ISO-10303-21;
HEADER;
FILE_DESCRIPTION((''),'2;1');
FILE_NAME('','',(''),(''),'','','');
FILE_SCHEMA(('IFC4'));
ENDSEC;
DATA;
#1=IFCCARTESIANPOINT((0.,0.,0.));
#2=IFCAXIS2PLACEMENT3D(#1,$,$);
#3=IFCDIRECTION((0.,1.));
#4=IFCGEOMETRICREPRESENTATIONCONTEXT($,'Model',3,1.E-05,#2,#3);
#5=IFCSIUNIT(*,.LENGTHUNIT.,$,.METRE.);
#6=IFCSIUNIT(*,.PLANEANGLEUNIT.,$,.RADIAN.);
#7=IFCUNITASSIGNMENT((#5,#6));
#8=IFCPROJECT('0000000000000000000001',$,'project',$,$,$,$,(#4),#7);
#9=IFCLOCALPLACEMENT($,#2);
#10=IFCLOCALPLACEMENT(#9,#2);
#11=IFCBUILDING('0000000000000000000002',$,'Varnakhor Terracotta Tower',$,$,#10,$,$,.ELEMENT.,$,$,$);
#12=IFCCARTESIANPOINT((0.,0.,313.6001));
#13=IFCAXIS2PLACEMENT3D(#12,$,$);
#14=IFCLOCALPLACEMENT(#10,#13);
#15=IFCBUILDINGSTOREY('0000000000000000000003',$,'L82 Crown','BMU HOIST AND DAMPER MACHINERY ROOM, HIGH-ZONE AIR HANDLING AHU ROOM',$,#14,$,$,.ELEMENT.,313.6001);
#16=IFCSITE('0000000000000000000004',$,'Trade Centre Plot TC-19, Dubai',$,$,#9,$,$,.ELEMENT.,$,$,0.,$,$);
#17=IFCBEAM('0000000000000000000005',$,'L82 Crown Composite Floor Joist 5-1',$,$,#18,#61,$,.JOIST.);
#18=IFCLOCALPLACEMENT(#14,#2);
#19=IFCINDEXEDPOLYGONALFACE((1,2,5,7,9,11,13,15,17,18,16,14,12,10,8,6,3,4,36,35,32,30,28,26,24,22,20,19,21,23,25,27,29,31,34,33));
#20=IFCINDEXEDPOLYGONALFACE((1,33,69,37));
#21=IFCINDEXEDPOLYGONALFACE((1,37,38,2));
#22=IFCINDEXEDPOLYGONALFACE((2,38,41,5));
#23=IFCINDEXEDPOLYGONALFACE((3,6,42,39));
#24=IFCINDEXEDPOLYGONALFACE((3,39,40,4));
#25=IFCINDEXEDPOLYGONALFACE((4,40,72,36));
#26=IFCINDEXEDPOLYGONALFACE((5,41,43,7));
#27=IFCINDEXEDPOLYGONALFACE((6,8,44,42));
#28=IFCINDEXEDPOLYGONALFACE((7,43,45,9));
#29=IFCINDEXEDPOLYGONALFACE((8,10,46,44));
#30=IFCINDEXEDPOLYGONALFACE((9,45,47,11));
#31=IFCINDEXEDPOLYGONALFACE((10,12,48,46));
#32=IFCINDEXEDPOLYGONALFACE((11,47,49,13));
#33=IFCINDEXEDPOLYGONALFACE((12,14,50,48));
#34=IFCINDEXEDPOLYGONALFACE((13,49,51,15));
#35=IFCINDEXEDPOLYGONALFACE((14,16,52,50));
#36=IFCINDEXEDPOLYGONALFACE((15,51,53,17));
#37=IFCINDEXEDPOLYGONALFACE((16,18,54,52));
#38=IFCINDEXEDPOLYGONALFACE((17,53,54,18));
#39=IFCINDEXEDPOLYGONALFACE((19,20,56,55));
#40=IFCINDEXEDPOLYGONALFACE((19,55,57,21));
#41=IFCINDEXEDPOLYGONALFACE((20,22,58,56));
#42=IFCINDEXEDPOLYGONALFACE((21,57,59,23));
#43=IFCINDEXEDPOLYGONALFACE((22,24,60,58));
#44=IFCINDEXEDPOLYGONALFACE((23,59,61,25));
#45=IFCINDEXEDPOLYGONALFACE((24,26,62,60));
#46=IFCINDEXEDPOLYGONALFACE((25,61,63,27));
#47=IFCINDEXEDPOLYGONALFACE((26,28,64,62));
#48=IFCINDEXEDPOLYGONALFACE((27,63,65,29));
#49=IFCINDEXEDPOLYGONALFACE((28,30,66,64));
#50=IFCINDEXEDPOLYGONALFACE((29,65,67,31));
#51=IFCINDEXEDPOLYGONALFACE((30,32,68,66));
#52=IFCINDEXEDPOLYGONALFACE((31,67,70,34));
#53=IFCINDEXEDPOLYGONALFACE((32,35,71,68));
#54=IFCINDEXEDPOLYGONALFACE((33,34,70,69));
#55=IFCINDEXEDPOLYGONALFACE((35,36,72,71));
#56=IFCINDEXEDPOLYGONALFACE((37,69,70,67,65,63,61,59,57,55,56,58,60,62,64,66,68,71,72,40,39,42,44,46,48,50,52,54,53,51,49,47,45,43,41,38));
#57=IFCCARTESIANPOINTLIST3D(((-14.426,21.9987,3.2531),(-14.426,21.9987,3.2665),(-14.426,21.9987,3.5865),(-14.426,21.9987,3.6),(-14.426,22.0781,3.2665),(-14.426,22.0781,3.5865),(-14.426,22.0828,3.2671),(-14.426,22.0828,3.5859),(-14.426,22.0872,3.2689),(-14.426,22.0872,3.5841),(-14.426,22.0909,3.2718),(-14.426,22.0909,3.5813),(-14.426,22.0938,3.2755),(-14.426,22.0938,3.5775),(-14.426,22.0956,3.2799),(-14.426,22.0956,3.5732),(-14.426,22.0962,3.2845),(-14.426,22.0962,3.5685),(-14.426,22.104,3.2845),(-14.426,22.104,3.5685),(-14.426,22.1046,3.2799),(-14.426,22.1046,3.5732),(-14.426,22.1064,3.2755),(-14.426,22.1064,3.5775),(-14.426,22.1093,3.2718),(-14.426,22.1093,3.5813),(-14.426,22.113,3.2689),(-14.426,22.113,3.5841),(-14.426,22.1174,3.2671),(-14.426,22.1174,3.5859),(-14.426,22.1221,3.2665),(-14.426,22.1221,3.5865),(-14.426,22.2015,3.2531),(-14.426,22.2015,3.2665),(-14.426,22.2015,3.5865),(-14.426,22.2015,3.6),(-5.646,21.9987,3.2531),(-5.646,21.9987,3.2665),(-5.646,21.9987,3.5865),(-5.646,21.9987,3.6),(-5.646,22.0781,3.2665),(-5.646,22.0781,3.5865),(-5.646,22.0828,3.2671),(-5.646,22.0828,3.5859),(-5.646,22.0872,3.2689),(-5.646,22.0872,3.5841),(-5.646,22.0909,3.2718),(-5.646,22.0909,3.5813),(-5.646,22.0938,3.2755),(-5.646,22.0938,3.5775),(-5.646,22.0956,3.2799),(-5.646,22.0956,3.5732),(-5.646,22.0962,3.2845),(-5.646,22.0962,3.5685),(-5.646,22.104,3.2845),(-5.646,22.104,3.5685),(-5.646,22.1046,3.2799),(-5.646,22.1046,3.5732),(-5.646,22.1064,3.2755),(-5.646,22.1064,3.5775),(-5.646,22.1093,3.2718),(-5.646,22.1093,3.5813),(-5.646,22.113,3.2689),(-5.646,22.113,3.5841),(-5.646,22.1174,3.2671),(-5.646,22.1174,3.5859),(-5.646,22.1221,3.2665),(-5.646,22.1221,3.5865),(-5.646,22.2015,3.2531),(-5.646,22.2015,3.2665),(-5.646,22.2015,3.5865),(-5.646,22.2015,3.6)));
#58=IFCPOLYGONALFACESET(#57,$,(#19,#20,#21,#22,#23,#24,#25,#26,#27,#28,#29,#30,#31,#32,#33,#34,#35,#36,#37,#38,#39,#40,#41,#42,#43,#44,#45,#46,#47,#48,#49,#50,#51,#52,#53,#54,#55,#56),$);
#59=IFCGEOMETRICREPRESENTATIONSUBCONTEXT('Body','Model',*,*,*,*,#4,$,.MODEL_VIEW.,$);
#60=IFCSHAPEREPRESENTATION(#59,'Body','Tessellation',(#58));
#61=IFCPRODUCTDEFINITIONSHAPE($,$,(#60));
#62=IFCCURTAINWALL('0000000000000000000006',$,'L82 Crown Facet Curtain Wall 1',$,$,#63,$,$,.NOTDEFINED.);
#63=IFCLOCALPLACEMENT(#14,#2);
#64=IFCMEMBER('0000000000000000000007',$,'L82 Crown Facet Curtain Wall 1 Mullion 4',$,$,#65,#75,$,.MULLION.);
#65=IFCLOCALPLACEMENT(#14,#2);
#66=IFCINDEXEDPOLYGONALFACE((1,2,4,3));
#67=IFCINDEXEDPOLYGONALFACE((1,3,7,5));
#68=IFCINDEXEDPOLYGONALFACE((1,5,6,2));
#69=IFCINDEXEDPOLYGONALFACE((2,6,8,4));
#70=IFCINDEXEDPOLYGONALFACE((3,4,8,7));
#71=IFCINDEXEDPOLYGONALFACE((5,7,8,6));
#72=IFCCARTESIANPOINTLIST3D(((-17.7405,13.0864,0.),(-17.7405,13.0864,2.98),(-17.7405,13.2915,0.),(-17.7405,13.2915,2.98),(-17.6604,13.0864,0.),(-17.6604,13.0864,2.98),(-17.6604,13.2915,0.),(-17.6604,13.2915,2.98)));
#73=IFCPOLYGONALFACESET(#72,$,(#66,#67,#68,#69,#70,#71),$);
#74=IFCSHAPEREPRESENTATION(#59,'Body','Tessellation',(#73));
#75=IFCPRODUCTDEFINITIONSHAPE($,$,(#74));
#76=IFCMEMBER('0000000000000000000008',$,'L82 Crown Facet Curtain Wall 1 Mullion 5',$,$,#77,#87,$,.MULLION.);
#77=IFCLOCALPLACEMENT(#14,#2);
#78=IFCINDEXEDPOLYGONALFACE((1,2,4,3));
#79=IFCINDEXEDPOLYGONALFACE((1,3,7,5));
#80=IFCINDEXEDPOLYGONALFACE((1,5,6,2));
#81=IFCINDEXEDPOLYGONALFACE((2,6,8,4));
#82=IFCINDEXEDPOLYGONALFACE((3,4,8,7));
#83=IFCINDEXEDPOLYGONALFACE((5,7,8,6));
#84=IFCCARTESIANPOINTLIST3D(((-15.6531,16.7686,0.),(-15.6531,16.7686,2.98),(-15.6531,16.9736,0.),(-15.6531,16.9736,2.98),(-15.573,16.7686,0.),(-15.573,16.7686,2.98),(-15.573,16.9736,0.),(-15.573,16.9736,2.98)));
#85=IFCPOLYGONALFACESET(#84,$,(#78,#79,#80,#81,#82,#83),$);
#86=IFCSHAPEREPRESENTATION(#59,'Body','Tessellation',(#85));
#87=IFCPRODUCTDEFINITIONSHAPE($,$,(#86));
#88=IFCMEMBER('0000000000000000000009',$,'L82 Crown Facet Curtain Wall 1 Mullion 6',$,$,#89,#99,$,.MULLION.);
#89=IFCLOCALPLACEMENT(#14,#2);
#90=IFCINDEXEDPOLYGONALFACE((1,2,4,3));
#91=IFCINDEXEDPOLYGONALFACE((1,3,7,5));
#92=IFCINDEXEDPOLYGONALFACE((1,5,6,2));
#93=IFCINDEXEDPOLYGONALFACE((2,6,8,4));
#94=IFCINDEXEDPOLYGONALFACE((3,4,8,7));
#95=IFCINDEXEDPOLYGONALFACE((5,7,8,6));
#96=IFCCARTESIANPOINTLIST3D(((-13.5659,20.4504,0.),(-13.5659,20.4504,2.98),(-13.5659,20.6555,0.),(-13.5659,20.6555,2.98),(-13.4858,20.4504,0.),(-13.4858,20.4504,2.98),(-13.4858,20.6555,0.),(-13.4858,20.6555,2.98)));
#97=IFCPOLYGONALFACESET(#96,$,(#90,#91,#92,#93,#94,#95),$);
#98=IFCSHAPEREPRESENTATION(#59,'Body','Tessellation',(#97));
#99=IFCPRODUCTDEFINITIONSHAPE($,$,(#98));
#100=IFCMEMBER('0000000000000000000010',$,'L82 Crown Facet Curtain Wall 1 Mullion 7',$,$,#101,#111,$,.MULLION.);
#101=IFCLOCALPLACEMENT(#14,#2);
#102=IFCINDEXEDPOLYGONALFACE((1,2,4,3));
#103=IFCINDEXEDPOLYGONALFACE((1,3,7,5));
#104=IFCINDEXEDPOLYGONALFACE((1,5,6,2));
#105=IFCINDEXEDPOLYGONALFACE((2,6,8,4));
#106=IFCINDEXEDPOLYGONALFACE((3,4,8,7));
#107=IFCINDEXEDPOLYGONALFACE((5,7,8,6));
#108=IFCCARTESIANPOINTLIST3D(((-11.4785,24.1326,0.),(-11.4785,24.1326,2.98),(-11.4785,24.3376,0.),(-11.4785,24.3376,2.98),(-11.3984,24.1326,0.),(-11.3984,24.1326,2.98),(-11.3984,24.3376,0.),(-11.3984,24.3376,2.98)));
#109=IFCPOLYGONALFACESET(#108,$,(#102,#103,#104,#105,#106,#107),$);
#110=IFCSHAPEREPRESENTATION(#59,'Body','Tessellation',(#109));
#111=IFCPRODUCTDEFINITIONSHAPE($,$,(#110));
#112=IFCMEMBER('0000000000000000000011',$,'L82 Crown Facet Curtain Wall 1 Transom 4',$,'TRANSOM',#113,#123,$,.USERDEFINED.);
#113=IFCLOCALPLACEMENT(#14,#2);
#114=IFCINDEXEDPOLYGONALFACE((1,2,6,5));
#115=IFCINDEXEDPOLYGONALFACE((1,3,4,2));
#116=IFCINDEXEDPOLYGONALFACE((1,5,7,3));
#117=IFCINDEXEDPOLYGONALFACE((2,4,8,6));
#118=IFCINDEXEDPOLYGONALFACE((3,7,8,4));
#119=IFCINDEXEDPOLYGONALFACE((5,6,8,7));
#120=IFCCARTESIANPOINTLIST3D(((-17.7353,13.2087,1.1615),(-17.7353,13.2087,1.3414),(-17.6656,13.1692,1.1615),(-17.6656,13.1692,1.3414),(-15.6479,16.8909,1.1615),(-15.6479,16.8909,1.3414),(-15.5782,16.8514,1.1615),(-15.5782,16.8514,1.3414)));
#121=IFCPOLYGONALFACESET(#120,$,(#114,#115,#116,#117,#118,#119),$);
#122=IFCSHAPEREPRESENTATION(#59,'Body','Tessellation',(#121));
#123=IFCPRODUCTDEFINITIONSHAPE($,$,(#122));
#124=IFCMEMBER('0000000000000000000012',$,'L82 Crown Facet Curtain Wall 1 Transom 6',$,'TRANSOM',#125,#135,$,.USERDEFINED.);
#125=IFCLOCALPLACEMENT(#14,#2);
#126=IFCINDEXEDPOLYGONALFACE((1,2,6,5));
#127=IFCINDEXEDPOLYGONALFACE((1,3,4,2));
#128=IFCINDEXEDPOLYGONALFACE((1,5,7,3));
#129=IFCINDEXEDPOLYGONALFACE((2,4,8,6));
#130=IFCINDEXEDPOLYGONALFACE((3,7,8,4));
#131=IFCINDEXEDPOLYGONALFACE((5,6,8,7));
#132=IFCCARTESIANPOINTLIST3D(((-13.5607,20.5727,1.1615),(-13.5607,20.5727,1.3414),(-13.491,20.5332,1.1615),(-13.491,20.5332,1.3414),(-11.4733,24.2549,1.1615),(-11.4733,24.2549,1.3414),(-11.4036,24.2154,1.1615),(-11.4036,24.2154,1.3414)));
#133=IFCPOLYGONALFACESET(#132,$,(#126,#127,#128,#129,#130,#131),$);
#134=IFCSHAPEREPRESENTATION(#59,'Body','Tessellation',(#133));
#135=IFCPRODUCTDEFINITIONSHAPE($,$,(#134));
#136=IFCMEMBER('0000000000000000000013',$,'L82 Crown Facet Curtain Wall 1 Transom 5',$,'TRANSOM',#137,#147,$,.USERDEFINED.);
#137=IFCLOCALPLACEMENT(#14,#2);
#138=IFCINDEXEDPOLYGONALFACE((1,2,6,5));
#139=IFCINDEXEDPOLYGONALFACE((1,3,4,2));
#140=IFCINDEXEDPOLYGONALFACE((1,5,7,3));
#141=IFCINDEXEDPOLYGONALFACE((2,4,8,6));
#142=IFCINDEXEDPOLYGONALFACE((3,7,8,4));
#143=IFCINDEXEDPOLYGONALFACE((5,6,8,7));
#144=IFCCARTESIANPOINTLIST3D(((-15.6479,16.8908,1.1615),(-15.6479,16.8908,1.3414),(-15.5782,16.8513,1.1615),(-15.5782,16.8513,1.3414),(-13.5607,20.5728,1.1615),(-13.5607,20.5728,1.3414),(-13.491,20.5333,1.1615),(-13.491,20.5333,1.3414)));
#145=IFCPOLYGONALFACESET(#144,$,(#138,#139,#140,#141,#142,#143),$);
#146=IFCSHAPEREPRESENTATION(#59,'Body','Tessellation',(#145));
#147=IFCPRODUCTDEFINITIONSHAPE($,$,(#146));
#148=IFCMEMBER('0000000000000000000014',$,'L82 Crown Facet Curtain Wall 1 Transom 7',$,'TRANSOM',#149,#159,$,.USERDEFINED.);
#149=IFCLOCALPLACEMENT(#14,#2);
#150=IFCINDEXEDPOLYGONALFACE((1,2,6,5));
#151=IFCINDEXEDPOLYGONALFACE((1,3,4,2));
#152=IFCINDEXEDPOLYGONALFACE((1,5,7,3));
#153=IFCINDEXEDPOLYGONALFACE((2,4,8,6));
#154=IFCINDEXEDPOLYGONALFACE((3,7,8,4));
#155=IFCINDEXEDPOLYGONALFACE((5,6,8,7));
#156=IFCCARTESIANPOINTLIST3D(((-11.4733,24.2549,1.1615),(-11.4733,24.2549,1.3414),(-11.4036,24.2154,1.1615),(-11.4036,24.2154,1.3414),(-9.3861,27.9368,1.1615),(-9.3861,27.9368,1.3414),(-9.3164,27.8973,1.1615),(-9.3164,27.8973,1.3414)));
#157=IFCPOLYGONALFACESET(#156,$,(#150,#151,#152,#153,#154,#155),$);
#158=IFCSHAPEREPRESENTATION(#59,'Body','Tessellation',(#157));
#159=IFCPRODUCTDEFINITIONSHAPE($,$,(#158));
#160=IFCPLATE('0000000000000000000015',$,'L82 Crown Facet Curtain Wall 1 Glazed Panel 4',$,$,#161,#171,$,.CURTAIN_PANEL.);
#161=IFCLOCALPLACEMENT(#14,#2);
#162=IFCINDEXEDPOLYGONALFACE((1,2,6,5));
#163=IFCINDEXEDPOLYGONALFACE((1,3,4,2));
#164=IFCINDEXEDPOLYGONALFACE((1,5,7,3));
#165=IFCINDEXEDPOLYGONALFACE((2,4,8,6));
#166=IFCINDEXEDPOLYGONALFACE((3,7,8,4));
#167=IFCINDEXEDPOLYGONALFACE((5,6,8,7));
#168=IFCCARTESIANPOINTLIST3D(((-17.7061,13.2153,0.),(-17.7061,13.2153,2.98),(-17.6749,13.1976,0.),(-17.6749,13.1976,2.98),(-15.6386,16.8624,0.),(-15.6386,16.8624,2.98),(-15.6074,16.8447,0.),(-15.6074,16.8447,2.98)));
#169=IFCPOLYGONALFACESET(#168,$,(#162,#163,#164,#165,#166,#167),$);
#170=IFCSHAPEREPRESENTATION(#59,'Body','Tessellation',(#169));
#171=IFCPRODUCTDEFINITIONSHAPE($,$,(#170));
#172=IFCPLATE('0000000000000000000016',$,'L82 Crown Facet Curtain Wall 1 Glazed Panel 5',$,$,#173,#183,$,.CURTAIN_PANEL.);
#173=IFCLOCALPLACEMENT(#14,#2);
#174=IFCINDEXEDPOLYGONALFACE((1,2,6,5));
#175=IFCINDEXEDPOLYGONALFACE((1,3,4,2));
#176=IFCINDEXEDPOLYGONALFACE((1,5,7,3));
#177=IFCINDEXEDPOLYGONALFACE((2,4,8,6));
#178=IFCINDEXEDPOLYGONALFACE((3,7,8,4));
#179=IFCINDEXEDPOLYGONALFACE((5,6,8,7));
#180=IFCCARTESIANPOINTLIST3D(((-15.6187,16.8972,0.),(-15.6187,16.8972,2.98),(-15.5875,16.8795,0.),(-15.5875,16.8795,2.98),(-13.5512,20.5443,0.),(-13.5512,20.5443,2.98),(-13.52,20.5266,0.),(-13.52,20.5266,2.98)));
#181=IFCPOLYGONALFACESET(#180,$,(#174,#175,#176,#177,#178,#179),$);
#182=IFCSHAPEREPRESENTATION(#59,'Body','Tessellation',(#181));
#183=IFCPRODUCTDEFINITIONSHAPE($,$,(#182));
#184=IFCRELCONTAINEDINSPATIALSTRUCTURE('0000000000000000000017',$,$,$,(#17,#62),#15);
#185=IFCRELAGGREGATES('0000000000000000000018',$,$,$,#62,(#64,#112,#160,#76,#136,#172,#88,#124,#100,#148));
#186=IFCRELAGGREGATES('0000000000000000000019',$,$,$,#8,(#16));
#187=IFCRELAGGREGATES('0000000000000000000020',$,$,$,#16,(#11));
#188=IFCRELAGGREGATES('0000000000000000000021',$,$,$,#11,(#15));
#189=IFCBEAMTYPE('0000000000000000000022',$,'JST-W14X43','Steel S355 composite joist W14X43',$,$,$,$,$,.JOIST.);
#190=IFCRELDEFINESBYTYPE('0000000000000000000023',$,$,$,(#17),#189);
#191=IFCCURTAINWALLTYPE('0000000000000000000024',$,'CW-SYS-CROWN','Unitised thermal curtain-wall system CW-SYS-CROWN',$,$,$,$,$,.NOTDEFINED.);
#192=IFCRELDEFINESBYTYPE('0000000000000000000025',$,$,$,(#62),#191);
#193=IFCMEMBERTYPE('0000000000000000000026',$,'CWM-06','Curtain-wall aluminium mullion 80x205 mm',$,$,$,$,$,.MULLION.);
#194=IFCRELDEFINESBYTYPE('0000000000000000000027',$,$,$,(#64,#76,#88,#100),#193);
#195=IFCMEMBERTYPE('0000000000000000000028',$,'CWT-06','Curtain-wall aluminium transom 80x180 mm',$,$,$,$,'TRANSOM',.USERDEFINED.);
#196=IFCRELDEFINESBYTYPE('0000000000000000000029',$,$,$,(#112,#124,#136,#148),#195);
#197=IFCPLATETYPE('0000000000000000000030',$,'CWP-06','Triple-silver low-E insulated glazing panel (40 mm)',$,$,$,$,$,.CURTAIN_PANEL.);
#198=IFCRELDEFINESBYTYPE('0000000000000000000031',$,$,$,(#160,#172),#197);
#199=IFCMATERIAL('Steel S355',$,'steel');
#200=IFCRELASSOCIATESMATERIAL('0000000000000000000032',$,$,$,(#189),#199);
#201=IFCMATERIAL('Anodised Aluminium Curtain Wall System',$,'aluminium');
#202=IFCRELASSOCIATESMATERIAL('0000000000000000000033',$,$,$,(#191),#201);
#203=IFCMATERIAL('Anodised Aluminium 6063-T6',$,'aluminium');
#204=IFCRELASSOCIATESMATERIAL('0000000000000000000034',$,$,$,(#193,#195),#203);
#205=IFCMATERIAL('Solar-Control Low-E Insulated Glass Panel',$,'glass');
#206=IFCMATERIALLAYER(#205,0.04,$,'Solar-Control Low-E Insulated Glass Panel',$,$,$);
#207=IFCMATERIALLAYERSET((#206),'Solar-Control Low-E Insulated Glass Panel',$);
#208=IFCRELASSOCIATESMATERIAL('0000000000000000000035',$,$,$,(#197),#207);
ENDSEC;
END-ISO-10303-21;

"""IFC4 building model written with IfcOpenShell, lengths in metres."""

from ifc_helpers import new_model, si_unit, direction, frame, origin, origin_2d, place, context, subcontext, project, spatial, rectangle, i_section, extrude, source, transform, mapped, material, layer, layer_set, material_profile, profile_set, type_object, type_shapes, element, aggregate, save


model = new_model("IFC4")

# Units and contexts
model_context = context("Model", 3, precision=1e-05, world=origin(), true_north=direction((0.0, 1.0)))
body_context = subcontext(model_context, "Body", "Model", "MODEL_VIEW")
ifc_project = project(units=[si_unit("LENGTHUNIT", "METRE"), si_unit("PLANEANGLEUNIT", "RADIAN")], contexts=[model_context])

# Site, building, storey
site_placement = place(None, origin())
site = spatial("IfcSite", under=ifc_project, at=site_placement, Name="Trade Centre Plot TC-19, Dubai", CompositionType="ELEMENT", RefElevation=0.0)
building_placement = place(site_placement, origin())
building = spatial("IfcBuilding", under=site, at=building_placement, Name="Varnakhor Terracotta Tower", CompositionType="ELEMENT")
storey_placement = place(building_placement, frame((0.0, 0.0, 313.6001)))
storey = spatial("IfcBuildingStorey", under=building, at=storey_placement, Name="L82 Crown", Description="BMU HOIST AND DAMPER MACHINERY ROOM, HIGH-ZONE AIR HANDLING AHU ROOM", CompositionType="ELEMENT", Elevation=313.6001)

# Beam
ifc_material_1 = material(Name="Steel S355", Category="steel")
ifc_material_profile_1 = material_profile(ifc_material_1, i_section(OverallWidth=0.2029, OverallDepth=0.3469, WebThickness=0.0078, FlangeThickness=0.0134, FilletRadius=0.0181, at=origin_2d()), Name="W14X43")
ifc_profile_set_1 = profile_set([ifc_material_profile_1], Name="Steel S355")
beam_type_1 = type_object("IfcBeamType", Name="JST-W14X43", Description="Steel S355 composite joist W14X43", PredefinedType="JOIST", material=ifc_profile_set_1)
shared_shape_1 = source(origin(), body_context, "Body", "SweptSolid", [
    extrude(i_section(OverallWidth=0.2029, OverallDepth=0.3469, WebThickness=0.0078, FlangeThickness=0.0134, FilletRadius=0.0181, at=origin_2d()), origin(), (0.0, 0.0, 1.0), 8.78),
])
beam_1_placement = place(storey_placement, frame((-14.426, 22.1001, 3.4265), z_axis=(1.0, 0.0, 0.0), x_axis=(0.0, 1.0, 0.0)))
element("IfcBeam", 1, at=beam_1_placement, inside=storey, type_object=beam_type_1, Name="L82 Crown Composite Floor Joist 5-1", PredefinedType="JOIST", context=body_context, shape_type="MappedRepresentation", body=[
    mapped(shared_shape_1, transform((0.0, 0.0, 0.0), scale=1.0)),
])

# Curtain wall, members, plates
ifc_material_2 = material(Name="Anodised Aluminium Curtain Wall System", Category="aluminium")
curtain_wall_type = type_object("IfcCurtainWallType", Name="CW-SYS-CROWN", Description="Unitised thermal curtain-wall system CW-SYS-CROWN", PredefinedType="NOTDEFINED", material=ifc_material_2)
curtain_wall_placement = place(storey_placement, origin())
curtain_wall = element("IfcCurtainWall", 2, at=curtain_wall_placement, inside=storey, type_object=curtain_wall_type, Name="L82 Crown Facet Curtain Wall 1", PredefinedType="NOTDEFINED")
ifc_material_3 = material(Name="Anodised Aluminium 6063-T6", Category="aluminium")
ifc_material_profile_2 = material_profile(ifc_material_3, rectangle(XDim=0.0801, YDim=0.2051, at=origin_2d()), Name="ALU MULLION 80x205")
ifc_profile_set_2 = profile_set([ifc_material_profile_2], Name="Anodised Aluminium 6063-T6")
member_type_1 = type_object("IfcMemberType", Name="CWM-06", Description="Curtain-wall aluminium mullion 80x205 mm", PredefinedType="MULLION", material=ifc_profile_set_2)
shared_shape_2 = source(origin(), body_context, "Body", "SweptSolid", [
    extrude(rectangle(XDim=0.0801, YDim=0.2051, at=origin_2d()), origin(), (0.0, 0.0, 1.0), 2.98),
])
type_shapes(member_type_1, [shared_shape_2])
member_1_placement = place(storey_placement, frame((-17.7004, 13.189, 0.0), z_axis=(0.0, 0.0, 1.0), x_axis=(1.0, 0.0, 0.0)))
member_1 = element("IfcMember", 3, at=member_1_placement, type_object=member_type_1, Name="L82 Crown Facet Curtain Wall 1 Mullion 4", PredefinedType="MULLION", context=body_context, shape_type="MappedRepresentation", body=[
    mapped(shared_shape_2, transform((0.0, 0.0, 0.0), scale=1.0)),
])
member_2_placement = place(storey_placement, frame((-15.613, 16.8711, 0.0), z_axis=(0.0, 0.0, 1.0), x_axis=(1.0, 0.0, 0.0)))
member_2 = element("IfcMember", 4, at=member_2_placement, type_object=member_type_1, Name="L82 Crown Facet Curtain Wall 1 Mullion 5", PredefinedType="MULLION", context=body_context, shape_type="MappedRepresentation", body=[
    mapped(shared_shape_2, transform((0.0, 0.0, 0.0), scale=1.0)),
])
member_3_placement = place(storey_placement, frame((-13.5259, 20.553, 0.0), z_axis=(0.0, 0.0, 1.0), x_axis=(1.0, 0.0, 0.0)))
member_3 = element("IfcMember", 5, at=member_3_placement, type_object=member_type_1, Name="L82 Crown Facet Curtain Wall 1 Mullion 6", PredefinedType="MULLION", context=body_context, shape_type="MappedRepresentation", body=[
    mapped(shared_shape_2, transform((0.0, 0.0, 0.0), scale=1.0)),
])
member_4_placement = place(storey_placement, frame((-11.4385, 24.2351, 0.0), z_axis=(0.0, 0.0, 1.0), x_axis=(1.0, 0.0, 0.0)))
member_4 = element("IfcMember", 6, at=member_4_placement, type_object=member_type_1, Name="L82 Crown Facet Curtain Wall 1 Mullion 7", PredefinedType="MULLION", context=body_context, shape_type="MappedRepresentation", body=[
    mapped(shared_shape_2, transform((0.0, 0.0, 0.0), scale=1.0)),
])
ifc_material_profile_3 = material_profile(ifc_material_3, rectangle(XDim=0.0801, YDim=0.1799, at=origin_2d()), Name="ALU TRANSOM 80x180")
ifc_profile_set_3 = profile_set([ifc_material_profile_3], Name="Anodised Aluminium 6063-T6")
member_type_2 = type_object("IfcMemberType", Name="CWT-06", Description="Curtain-wall aluminium transom 80x180 mm", ElementType="TRANSOM", PredefinedType="USERDEFINED", material=ifc_profile_set_3)
shared_shape_3 = source(origin(), body_context, "Body", "SweptSolid", [
    extrude(rectangle(XDim=0.0801, YDim=0.1799, at=origin_2d()), origin(), (0.0, 0.0, 1.0), 4.2327),
])
member_5_placement = place(storey_placement, frame((-17.7004, 13.189, 1.2515), z_axis=(0.493167, 0.869935, 0.0), x_axis=(-0.869935, 0.493167, 0.0)))
member_5 = element("IfcMember", 7, at=member_5_placement, type_object=member_type_2, Name="L82 Crown Facet Curtain Wall 1 Transom 4", ObjectType="TRANSOM", PredefinedType="USERDEFINED", context=body_context, shape_type="MappedRepresentation", body=[
    mapped(shared_shape_3, transform((0.0, 0.0, 0.0), scale=1.0)),
])
member_6_placement = place(storey_placement, frame((-13.5259, 20.553, 1.2515), z_axis=(0.493167, 0.869935, 0.0), x_axis=(-0.869935, 0.493167, 0.0)))
member_6 = element("IfcMember", 8, at=member_6_placement, type_object=member_type_2, Name="L82 Crown Facet Curtain Wall 1 Transom 6", ObjectType="TRANSOM", PredefinedType="USERDEFINED", context=body_context, shape_type="MappedRepresentation", body=[
    mapped(shared_shape_3, transform((0.0, 0.0, 0.0), scale=1.0)),
])
shared_shape_4 = source(origin(), body_context, "Body", "SweptSolid", [
    extrude(rectangle(XDim=0.0801, YDim=0.1799, at=origin_2d()), origin(), (0.0, 0.0, 1.0), 4.2324),
])
member_7_placement = place(storey_placement, frame((-15.613, 16.8711, 1.2515), z_axis=(0.493148, 0.869945, 0.0), x_axis=(-0.869945, 0.493148, 0.0)))
member_7 = element("IfcMember", 9, at=member_7_placement, type_object=member_type_2, Name="L82 Crown Facet Curtain Wall 1 Transom 5", ObjectType="TRANSOM", PredefinedType="USERDEFINED", context=body_context, shape_type="MappedRepresentation", body=[
    mapped(shared_shape_4, transform((0.0, 0.0, 0.0), scale=1.0)),
])
member_8_placement = place(storey_placement, frame((-11.4385, 24.2351, 1.2515), z_axis=(0.493148, 0.869945, 0.0), x_axis=(-0.869945, 0.493148, 0.0)))
member_8 = element("IfcMember", 10, at=member_8_placement, type_object=member_type_2, Name="L82 Crown Facet Curtain Wall 1 Transom 7", ObjectType="TRANSOM", PredefinedType="USERDEFINED", context=body_context, shape_type="MappedRepresentation", body=[
    mapped(shared_shape_4, transform((0.0, 0.0, 0.0), scale=1.0)),
])
ifc_material_4 = material(Name="Solar-Control Low-E Insulated Glass Panel", Category="glass")
ifc_layer_1 = layer(ifc_material_4, 0.04, Name="Solar-Control Low-E Insulated Glass Panel")
ifc_layer_set_1 = layer_set([ifc_layer_1], Name="Solar-Control Low-E Insulated Glass Panel")
plate_type = type_object("IfcPlateType", Name="CWP-06", Description="Triple-silver low-E insulated glazing panel (40 mm)", PredefinedType="CURTAIN_PANEL", material=ifc_layer_set_1)
shared_shape_5 = source(origin(), body_context, "Body", "SweptSolid", [
    extrude(rectangle(XDim=4.1924, YDim=0.0359, at=origin_2d()), origin(), (0.0, 0.0, 1.0), 2.98),
])
plate_1_placement = place(storey_placement, frame((-16.6567, 15.03, 0.0), z_axis=(0.0, 0.0, 1.0), x_axis=(0.493153, 0.869943, 0.0)))
plate_1 = element("IfcPlate", 11, at=plate_1_placement, type_object=plate_type, Name="L82 Crown Facet Curtain Wall 1 Glazed Panel 4", PredefinedType="CURTAIN_PANEL", context=body_context, shape_type="MappedRepresentation", body=[
    mapped(shared_shape_5, transform((0.0, 0.0, 0.0), scale=1.0)),
])
plate_2_placement = place(storey_placement, frame((-14.5693, 18.7119, 0.0), z_axis=(0.0, 0.0, 1.0), x_axis=(0.493153, 0.869943, 0.0)))
plate_2 = element("IfcPlate", 12, at=plate_2_placement, type_object=plate_type, Name="L82 Crown Facet Curtain Wall 1 Glazed Panel 5", PredefinedType="CURTAIN_PANEL", context=body_context, shape_type="MappedRepresentation", body=[
    mapped(shared_shape_5, transform((0.0, 0.0, 0.0), scale=1.0)),
])
aggregate(curtain_wall, [member_1, member_5, plate_1, member_2, member_7, plate_2, member_3, member_6, member_4, member_8])

save(model, "model.ifc")
